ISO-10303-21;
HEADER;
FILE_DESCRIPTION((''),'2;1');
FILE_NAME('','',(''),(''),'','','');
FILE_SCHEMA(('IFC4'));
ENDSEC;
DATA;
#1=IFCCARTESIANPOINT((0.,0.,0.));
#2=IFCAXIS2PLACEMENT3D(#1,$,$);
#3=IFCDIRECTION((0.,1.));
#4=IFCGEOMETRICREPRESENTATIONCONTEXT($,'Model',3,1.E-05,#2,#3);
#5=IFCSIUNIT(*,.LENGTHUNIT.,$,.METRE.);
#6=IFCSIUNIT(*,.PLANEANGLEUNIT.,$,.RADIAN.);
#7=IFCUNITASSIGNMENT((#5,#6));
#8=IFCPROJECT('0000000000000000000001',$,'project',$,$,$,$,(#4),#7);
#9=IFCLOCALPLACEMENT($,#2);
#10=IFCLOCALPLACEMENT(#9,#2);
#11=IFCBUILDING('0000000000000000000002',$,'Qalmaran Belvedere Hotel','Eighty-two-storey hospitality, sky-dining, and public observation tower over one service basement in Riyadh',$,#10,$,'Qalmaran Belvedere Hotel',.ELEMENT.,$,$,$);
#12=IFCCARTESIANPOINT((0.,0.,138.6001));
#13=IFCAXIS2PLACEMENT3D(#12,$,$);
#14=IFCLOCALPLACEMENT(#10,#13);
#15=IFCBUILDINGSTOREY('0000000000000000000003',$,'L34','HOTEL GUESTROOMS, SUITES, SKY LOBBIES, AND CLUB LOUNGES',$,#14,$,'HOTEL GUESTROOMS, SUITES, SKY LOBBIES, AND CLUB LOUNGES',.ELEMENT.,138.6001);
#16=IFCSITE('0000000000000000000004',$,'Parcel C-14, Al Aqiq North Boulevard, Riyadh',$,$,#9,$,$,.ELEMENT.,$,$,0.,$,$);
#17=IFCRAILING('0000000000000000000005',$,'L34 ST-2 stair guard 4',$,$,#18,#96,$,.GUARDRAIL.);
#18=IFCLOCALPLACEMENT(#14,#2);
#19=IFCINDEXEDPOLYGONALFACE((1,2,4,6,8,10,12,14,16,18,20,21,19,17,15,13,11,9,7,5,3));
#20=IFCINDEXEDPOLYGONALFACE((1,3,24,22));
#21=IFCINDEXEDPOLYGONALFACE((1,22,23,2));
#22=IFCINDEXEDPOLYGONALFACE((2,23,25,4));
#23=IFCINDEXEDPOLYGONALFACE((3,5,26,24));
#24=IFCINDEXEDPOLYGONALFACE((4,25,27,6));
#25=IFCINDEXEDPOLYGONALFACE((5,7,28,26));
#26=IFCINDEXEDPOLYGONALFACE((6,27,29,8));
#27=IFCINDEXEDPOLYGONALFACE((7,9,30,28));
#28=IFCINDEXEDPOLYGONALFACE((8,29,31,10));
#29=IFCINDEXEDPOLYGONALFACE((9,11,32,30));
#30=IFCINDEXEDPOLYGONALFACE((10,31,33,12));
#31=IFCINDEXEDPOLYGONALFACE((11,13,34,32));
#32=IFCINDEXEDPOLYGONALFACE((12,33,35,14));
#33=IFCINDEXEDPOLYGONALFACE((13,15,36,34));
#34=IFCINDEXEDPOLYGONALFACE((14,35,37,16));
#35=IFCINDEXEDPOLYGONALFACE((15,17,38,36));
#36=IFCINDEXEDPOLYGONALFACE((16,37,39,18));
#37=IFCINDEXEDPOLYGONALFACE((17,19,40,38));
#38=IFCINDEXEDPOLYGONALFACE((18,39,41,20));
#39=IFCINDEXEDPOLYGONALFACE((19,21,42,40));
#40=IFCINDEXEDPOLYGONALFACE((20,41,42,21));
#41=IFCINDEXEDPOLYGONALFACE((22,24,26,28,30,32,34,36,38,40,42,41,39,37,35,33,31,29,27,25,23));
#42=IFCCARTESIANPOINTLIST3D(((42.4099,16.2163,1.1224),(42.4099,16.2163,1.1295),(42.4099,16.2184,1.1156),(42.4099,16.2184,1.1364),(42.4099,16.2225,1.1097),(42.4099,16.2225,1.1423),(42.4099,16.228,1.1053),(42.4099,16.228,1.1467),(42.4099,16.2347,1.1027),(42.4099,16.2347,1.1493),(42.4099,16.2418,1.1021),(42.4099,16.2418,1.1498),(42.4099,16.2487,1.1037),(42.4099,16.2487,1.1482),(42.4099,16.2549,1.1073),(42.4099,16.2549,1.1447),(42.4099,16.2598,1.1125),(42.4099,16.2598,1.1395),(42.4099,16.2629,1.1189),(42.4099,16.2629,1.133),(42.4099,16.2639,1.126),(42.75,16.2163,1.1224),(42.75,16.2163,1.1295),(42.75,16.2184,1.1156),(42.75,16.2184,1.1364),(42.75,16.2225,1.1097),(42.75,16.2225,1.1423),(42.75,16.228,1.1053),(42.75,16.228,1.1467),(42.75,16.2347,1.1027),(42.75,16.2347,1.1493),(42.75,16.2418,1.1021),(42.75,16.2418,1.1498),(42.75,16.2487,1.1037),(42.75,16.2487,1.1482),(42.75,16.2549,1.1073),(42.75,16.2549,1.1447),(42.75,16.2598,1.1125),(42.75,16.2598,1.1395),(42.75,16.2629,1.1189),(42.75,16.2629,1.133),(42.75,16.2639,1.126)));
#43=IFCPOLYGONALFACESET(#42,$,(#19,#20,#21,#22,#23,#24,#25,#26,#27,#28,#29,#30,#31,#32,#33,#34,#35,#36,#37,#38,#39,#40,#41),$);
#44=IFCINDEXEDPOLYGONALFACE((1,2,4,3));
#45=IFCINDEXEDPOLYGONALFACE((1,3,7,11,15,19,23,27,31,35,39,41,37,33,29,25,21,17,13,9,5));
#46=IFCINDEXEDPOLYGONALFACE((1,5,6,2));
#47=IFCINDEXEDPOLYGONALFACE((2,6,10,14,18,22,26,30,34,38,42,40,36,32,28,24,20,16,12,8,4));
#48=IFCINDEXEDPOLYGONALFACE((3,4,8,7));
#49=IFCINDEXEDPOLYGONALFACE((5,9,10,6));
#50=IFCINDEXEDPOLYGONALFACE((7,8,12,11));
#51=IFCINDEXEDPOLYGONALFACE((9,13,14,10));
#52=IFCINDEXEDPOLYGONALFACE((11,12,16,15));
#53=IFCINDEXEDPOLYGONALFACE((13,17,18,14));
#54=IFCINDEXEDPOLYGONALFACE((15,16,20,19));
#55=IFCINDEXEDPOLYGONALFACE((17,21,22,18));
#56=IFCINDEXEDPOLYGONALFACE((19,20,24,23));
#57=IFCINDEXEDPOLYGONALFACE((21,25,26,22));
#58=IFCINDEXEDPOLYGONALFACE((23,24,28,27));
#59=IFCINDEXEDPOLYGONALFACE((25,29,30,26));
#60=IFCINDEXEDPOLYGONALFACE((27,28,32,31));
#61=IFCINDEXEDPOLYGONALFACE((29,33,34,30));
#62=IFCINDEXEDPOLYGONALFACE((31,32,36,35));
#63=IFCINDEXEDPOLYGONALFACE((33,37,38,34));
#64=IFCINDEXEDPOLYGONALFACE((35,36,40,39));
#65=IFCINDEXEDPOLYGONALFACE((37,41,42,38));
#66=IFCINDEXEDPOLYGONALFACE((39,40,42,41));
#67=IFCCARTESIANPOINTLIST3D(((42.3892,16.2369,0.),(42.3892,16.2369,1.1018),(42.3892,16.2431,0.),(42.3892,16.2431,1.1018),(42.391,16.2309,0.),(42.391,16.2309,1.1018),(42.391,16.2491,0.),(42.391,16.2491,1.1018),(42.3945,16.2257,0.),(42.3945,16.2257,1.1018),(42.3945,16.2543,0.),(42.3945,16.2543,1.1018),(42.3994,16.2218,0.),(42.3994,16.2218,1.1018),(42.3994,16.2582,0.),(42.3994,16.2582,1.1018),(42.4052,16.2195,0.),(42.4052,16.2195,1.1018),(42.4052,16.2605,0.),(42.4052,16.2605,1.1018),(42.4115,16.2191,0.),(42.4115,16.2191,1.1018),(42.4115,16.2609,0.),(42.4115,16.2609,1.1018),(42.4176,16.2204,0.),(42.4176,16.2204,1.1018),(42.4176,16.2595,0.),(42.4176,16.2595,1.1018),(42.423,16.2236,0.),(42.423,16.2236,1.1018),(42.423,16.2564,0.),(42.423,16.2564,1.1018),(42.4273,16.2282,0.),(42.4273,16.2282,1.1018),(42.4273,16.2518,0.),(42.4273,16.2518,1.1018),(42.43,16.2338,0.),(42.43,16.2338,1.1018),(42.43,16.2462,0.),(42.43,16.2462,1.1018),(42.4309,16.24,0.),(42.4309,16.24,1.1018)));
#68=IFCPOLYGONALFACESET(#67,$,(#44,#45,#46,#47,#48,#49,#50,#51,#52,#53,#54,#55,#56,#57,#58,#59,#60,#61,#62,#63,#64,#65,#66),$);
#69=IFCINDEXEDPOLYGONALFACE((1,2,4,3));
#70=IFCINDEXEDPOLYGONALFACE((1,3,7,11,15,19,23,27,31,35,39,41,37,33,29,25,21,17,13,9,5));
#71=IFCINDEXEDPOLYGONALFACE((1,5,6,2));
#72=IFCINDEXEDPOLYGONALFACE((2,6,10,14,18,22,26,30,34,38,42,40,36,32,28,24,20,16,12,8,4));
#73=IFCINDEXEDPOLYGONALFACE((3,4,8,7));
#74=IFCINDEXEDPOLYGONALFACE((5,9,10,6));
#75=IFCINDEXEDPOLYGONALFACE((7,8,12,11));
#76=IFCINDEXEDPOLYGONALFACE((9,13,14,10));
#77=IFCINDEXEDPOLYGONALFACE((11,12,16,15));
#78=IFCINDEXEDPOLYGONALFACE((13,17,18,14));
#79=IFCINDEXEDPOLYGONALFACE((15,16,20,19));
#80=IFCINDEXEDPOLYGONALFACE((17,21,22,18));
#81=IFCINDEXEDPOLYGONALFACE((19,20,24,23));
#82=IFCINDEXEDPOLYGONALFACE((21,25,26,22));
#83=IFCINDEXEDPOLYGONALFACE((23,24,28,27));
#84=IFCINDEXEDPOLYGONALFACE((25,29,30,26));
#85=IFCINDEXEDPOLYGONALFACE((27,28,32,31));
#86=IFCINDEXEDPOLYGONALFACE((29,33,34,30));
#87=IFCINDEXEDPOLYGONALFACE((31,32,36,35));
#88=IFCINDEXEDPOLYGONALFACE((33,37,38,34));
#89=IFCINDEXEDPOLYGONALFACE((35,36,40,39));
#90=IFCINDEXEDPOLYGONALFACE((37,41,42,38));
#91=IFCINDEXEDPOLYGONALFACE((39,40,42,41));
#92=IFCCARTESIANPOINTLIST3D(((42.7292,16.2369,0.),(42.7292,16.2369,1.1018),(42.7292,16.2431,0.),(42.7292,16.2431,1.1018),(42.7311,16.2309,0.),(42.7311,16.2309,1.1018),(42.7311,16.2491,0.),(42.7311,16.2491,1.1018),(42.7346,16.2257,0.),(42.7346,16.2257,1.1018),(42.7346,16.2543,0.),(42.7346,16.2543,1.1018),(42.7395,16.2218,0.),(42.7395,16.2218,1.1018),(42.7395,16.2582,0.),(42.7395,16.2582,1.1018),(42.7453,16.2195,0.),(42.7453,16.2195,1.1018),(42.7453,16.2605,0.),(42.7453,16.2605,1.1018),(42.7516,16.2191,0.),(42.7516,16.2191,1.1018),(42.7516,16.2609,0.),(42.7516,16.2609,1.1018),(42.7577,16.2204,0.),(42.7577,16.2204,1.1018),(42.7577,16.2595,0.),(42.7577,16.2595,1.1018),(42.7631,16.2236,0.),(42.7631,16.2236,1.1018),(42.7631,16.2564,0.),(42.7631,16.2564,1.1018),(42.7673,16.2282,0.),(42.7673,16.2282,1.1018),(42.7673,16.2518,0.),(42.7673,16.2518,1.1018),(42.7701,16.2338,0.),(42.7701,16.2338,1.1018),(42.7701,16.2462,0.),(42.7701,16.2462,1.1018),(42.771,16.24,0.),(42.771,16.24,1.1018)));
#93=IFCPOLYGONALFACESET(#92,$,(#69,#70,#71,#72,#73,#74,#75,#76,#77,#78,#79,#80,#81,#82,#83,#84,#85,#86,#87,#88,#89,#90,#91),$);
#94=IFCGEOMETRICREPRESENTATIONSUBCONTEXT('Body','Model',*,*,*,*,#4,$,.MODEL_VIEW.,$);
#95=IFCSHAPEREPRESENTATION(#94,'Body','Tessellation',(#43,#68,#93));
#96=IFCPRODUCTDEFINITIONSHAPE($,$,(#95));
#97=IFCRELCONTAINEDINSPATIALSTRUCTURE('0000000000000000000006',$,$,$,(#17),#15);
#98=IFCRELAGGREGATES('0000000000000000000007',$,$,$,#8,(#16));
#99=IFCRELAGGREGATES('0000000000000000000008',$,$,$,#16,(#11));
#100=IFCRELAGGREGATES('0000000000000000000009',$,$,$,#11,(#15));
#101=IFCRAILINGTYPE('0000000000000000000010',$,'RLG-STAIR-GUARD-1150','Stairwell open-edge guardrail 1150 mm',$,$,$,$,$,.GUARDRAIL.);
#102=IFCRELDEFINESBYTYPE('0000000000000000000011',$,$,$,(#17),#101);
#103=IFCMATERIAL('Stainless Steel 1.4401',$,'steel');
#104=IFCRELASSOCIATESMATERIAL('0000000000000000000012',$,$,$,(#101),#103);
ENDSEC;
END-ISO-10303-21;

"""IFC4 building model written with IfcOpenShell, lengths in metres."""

from ifc_helpers import new_model, si_unit, direction, frame, origin, origin_2d, place, context, subcontext, project, spatial, circle, extrude, material, type_object, element, save


model = new_model("IFC4")

# Units and contexts
model_context = context("Model", 3, precision=1e-05, world=origin(), true_north=direction((0.0, 1.0)))
body_context = subcontext(model_context, "Body", "Model", "MODEL_VIEW")
ifc_project = project(units=[si_unit("LENGTHUNIT", "METRE"), si_unit("PLANEANGLEUNIT", "RADIAN")], contexts=[model_context])

# Site, building, storey
site_placement = place(None, origin())
site = spatial("IfcSite", under=ifc_project, at=site_placement, Name="Parcel C-14, Al Aqiq North Boulevard, Riyadh", CompositionType="ELEMENT", RefElevation=0.0)
building_placement = place(site_placement, origin())
building = spatial("IfcBuilding", under=site, at=building_placement, Name="Qalmaran Belvedere Hotel", Description="Eighty-two-storey hospitality, sky-dining, and public observation tower over one service basement in Riyadh", LongName="Qalmaran Belvedere Hotel", CompositionType="ELEMENT")
storey_placement = place(building_placement, frame((0.0, 0.0, 138.6001)))
storey = spatial("IfcBuildingStorey", under=building, at=storey_placement, Name="L34", Description="HOTEL GUESTROOMS, SUITES, SKY LOBBIES, AND CLUB LOUNGES", LongName="HOTEL GUESTROOMS, SUITES, SKY LOBBIES, AND CLUB LOUNGES", CompositionType="ELEMENT", Elevation=138.6001)

# Shared definitions
ifc_material_1 = material(Name="Stainless Steel 1.4401", Category="steel")

# Railing
railing_type_1 = type_object("IfcRailingType", Name="RLG-STAIR-GUARD-1150", Description="Stairwell open-edge guardrail 1150 mm", PredefinedType="GUARDRAIL", material=ifc_material_1)
railing_1_placement = place(storey_placement, frame((42.4099, 16.24, 0.0)))
element("IfcRailing", 1, at=railing_1_placement, inside=storey, type_object=railing_type_1, Name="L34 ST-2 stair guard 4", PredefinedType="GUARDRAIL", context=body_context, shape_type="SweptSolid", body=[
    extrude(circle(Radius=0.0239, at=origin_2d()), frame((0.0, 0.0, 1.126), z_axis=(1.0, 0.0, 0.0), x_axis=(0.0, 1.0, 0.0)), (0.0, 0.0, 1.0), 0.3401),
    extrude(circle(Radius=0.021, at=origin_2d()), origin(), (0.0, 0.0, 1.0), 1.1018),
    extrude(circle(Radius=0.021, at=origin_2d()), frame((0.3401, 0.0, 0.0)), (0.0, 0.0, 1.0), 1.1018),
])

save(model, "model.ifc")
